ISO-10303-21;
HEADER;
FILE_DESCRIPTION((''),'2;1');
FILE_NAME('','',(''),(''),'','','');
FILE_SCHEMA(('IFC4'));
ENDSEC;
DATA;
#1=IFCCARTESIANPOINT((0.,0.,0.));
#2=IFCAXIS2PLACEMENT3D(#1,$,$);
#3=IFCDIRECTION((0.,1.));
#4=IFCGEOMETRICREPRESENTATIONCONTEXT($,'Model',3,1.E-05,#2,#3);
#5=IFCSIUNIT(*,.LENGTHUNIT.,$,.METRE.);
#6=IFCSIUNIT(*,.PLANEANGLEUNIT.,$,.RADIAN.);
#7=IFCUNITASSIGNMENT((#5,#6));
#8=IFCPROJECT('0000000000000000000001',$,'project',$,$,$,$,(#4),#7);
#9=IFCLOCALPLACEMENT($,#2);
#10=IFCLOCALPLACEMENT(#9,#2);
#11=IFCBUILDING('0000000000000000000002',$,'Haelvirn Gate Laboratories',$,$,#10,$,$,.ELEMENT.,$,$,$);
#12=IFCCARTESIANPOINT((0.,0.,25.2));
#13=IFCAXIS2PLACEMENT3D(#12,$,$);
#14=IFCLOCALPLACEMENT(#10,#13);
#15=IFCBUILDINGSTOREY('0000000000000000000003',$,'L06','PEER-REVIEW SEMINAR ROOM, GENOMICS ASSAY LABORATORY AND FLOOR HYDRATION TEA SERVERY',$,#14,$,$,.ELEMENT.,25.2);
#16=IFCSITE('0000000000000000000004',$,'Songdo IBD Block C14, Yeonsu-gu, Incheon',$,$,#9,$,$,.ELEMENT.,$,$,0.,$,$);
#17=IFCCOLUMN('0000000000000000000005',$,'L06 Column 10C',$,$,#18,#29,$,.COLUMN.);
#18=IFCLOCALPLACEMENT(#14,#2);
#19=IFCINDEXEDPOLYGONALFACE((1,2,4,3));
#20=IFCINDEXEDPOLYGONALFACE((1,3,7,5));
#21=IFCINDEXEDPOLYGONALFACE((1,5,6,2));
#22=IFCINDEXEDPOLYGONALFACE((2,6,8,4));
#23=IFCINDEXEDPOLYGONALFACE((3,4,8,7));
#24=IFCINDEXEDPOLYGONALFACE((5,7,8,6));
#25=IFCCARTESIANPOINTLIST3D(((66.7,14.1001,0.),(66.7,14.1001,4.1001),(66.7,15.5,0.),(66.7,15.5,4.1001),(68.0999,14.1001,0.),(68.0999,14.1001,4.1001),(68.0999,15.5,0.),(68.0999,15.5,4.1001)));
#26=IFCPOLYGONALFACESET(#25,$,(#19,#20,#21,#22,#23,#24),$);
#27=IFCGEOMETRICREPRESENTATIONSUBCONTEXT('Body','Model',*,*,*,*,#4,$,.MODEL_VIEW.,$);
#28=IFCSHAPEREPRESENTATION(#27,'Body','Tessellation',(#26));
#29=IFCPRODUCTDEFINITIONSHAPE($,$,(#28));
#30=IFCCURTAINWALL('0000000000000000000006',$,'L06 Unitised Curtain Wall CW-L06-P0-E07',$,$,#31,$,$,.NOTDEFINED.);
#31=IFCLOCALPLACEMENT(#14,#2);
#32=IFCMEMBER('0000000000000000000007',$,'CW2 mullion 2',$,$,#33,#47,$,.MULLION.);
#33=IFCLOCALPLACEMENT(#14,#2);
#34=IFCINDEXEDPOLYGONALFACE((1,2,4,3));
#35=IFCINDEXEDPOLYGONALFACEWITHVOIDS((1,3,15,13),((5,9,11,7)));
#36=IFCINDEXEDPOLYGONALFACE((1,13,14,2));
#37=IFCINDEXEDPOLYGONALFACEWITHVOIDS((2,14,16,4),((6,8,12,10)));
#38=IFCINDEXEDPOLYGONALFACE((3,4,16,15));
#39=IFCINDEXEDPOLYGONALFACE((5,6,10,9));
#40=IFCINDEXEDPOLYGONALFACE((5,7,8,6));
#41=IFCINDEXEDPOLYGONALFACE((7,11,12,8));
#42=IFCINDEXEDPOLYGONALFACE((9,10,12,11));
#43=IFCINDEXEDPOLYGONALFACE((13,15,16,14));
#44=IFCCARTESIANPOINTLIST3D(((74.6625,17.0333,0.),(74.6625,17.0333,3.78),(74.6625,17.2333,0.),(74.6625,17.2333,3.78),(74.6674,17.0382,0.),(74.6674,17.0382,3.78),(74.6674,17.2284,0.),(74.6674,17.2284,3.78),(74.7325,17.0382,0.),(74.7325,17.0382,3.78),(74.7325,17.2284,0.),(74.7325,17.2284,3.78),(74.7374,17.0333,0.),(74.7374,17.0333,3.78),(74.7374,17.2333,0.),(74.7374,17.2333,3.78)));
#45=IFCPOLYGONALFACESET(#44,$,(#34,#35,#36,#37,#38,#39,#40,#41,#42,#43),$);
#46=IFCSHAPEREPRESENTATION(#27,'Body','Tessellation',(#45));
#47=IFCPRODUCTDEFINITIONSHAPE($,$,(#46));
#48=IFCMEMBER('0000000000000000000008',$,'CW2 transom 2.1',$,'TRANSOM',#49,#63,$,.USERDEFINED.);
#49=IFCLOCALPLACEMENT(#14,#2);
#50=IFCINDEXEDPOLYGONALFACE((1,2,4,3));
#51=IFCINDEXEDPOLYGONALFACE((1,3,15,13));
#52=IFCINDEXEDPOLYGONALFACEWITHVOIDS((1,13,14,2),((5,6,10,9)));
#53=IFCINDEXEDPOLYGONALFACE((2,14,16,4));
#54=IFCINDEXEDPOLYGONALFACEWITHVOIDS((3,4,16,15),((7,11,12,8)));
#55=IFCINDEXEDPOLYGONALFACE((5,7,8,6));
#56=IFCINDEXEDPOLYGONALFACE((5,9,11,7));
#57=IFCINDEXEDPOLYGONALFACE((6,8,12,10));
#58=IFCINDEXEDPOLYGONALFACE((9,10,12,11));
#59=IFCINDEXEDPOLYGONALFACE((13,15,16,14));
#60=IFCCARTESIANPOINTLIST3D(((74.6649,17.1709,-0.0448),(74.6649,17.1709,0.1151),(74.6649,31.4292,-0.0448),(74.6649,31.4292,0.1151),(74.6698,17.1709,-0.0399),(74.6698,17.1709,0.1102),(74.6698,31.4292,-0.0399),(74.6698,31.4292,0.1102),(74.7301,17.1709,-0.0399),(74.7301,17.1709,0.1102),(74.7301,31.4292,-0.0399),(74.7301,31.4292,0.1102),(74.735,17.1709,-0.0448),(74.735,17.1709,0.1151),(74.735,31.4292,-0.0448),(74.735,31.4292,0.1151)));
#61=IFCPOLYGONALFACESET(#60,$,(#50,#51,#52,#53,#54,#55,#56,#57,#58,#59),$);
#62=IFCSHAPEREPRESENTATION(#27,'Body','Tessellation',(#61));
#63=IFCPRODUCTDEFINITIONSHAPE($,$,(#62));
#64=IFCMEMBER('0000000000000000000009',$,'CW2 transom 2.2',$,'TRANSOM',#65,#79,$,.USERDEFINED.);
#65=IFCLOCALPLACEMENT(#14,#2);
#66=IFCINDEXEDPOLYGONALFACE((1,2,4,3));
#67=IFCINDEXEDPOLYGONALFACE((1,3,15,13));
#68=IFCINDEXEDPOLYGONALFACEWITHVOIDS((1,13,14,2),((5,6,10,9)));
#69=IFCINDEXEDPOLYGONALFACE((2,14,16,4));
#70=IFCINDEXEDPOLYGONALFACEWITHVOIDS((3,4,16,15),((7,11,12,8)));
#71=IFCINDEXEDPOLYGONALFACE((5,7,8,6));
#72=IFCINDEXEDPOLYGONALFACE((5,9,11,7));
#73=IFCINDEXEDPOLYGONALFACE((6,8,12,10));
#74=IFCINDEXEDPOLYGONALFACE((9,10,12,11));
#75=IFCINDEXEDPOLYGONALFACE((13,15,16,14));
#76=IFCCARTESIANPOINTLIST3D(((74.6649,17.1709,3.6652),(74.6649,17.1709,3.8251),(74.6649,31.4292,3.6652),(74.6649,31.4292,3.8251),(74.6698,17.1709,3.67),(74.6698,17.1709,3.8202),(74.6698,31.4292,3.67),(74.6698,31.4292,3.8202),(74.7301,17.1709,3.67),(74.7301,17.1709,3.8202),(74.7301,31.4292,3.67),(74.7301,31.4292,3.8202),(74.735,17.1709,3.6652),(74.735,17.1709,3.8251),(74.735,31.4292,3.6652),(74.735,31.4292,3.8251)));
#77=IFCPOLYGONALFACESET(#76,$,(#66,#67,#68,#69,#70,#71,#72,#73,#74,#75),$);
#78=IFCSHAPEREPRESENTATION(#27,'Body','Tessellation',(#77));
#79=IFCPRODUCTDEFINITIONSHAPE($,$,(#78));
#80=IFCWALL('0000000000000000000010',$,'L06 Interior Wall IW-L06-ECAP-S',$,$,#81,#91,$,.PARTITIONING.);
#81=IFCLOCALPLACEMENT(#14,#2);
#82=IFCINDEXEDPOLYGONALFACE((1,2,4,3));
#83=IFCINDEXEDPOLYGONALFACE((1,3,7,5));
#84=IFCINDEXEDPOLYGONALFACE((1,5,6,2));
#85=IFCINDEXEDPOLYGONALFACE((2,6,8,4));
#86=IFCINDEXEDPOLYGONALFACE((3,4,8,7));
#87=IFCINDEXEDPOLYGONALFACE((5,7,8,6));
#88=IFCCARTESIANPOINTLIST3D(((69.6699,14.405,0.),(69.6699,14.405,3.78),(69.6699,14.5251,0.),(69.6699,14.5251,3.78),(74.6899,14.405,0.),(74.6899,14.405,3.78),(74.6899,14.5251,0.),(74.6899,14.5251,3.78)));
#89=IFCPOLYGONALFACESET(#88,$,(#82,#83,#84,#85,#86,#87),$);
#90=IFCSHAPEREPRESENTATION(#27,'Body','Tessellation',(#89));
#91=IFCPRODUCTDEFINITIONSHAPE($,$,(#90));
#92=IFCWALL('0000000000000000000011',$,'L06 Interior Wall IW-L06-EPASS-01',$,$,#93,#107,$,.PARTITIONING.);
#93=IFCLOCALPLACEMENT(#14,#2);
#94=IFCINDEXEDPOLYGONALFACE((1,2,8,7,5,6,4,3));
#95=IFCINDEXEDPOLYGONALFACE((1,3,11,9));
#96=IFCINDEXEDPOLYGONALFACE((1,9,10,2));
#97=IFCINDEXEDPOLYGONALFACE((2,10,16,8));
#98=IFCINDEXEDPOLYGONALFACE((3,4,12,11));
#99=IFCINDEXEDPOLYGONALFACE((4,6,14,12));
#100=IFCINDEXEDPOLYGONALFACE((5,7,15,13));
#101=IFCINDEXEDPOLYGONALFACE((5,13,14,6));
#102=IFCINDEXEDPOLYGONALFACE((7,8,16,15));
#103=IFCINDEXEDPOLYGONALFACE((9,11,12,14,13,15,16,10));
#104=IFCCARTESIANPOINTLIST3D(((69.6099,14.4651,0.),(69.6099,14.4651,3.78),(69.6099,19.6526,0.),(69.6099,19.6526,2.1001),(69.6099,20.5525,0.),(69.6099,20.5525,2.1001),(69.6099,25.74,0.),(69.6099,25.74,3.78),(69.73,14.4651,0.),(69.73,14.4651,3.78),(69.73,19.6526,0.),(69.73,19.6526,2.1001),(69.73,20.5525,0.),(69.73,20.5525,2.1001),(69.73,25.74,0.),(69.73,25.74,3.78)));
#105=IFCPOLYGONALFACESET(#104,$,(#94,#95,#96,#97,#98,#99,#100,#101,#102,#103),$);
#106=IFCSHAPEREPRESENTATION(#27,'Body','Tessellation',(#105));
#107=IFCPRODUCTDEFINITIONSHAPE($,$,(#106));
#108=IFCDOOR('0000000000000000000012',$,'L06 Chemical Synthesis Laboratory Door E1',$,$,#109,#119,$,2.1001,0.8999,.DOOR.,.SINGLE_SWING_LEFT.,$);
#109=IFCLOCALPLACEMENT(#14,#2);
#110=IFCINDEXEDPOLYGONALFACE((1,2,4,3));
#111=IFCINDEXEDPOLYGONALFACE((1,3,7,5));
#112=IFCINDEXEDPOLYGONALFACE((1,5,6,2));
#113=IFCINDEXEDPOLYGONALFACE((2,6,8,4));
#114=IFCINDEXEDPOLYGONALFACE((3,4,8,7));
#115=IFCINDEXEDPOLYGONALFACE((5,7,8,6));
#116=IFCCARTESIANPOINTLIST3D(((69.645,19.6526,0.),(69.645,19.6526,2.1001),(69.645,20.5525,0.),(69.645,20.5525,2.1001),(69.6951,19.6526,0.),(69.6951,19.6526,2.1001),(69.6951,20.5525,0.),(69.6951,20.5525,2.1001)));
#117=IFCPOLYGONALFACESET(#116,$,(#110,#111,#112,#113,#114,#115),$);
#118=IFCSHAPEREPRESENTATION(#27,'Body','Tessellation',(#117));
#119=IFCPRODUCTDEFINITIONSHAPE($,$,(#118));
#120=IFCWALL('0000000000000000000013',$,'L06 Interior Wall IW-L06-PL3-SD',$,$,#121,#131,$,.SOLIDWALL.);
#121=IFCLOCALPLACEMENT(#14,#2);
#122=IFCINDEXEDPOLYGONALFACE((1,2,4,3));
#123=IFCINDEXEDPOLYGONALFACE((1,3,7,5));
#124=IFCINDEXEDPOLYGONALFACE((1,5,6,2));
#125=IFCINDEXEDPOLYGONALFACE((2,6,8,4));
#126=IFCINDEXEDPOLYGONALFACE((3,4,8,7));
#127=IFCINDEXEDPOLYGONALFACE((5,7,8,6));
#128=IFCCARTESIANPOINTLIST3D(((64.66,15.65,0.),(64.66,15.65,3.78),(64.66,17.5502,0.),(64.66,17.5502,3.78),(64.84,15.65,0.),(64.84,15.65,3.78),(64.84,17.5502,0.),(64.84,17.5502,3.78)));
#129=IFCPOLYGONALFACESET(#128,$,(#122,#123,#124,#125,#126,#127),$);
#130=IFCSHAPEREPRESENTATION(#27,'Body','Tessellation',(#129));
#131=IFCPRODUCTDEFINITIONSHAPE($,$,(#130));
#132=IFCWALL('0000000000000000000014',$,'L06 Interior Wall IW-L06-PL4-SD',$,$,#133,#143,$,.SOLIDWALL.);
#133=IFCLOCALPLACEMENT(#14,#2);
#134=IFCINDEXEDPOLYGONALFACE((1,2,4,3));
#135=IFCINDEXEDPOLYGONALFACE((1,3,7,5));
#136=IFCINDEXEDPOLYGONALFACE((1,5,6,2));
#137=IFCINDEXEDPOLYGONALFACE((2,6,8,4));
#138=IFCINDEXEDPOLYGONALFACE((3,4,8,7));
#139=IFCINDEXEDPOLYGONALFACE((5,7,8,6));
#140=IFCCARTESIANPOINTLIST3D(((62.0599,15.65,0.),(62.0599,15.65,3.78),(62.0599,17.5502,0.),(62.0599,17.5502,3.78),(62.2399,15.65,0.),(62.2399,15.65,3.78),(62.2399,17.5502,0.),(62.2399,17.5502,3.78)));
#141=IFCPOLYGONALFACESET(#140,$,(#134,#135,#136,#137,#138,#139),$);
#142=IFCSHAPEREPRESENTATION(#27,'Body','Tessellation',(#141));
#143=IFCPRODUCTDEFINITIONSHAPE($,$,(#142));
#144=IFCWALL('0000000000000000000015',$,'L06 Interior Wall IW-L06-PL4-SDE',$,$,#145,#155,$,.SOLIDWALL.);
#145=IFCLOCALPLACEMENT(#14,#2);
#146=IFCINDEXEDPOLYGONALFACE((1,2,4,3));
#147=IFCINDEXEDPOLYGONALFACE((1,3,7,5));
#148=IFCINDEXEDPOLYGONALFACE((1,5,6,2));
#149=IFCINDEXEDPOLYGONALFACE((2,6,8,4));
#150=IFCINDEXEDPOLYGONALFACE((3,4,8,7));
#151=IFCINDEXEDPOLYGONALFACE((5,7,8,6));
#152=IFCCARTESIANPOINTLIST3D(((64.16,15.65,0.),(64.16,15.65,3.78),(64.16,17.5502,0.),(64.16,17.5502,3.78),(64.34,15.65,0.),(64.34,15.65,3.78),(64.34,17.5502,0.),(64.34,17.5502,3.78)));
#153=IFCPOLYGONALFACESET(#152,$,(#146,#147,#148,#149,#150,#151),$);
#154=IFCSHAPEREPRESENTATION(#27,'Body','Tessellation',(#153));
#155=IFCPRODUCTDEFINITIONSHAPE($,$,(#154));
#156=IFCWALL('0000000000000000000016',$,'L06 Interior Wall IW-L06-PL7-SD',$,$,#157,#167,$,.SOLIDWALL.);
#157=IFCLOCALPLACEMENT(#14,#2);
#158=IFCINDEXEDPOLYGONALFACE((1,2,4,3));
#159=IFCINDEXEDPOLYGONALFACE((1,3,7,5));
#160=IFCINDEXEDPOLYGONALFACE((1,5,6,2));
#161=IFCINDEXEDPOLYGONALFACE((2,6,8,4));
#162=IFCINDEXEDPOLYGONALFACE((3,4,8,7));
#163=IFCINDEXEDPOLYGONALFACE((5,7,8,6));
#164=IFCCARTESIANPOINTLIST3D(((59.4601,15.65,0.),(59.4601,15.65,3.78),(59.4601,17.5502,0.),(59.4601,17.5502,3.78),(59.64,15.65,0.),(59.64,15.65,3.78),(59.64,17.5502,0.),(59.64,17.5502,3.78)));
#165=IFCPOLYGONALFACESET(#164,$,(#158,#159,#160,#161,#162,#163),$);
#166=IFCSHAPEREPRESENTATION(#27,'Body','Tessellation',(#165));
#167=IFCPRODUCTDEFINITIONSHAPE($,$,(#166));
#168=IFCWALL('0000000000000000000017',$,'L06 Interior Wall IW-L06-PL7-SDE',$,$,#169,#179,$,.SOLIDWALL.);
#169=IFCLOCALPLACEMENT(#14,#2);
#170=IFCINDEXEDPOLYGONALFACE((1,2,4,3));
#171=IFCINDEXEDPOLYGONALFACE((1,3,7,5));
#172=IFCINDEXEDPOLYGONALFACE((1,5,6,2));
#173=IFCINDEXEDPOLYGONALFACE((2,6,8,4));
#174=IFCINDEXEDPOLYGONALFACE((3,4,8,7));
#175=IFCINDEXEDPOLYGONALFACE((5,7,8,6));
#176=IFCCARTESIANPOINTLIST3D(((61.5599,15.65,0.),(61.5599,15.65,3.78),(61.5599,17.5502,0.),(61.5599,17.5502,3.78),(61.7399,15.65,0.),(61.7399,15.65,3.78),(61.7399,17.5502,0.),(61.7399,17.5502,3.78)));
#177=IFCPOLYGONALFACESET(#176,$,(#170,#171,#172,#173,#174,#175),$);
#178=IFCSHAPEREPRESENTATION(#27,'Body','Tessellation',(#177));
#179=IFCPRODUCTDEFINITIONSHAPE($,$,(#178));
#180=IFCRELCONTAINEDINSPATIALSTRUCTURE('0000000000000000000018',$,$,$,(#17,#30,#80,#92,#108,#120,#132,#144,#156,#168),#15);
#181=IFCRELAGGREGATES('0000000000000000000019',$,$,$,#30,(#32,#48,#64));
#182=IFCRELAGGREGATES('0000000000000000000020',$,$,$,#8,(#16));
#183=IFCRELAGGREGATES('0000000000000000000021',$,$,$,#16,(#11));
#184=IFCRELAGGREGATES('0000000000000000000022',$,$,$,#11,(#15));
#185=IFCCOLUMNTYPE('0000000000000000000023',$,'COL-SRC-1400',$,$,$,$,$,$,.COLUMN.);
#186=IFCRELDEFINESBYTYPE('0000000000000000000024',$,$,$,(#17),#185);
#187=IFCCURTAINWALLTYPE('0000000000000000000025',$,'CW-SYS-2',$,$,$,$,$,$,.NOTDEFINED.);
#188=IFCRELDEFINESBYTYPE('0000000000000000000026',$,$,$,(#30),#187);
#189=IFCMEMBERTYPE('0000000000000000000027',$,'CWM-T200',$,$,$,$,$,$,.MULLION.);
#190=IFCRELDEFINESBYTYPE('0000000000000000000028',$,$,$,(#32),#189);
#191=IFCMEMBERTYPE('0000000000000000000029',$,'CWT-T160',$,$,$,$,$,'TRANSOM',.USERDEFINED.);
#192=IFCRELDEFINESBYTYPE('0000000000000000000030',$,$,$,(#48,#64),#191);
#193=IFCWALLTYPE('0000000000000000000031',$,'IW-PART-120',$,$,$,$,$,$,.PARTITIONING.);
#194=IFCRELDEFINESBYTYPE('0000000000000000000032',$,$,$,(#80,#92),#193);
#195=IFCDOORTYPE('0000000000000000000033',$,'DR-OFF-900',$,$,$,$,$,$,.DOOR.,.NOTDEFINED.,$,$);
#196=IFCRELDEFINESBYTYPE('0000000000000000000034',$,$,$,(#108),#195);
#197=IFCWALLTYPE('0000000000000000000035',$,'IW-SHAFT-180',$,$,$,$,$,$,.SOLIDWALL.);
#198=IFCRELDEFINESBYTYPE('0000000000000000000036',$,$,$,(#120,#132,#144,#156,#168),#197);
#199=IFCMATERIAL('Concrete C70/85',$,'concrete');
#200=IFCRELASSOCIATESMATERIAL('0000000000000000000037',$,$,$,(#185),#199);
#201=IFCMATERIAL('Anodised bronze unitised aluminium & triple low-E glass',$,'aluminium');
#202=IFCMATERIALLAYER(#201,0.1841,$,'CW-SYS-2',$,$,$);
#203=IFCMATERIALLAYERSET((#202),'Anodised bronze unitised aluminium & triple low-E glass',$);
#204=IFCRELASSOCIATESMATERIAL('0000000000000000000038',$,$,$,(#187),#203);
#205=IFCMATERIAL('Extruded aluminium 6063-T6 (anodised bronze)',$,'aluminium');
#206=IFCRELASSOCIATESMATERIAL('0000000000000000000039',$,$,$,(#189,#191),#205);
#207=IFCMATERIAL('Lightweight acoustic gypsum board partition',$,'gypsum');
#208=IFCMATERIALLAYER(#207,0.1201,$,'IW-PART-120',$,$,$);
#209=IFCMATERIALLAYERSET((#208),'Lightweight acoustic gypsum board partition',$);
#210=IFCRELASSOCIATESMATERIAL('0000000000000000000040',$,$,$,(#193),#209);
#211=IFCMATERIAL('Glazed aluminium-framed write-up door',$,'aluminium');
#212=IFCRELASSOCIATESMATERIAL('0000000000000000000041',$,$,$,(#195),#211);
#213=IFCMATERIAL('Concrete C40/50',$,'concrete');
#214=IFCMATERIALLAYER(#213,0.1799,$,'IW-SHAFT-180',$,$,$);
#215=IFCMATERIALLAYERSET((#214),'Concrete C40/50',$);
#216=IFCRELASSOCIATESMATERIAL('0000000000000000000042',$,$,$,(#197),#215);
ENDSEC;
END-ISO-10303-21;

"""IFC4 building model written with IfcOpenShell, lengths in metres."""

from ifc_helpers import new_model, si_unit, direction, frame, frame_2d, origin, origin_2d, place, context, subcontext, project, spatial, rectangle, hollow_rectangle, extrude, source, transform, mapped, material, layer, layer_set, material_profile, profile_set, type_object, type_shapes, element, fill, aggregate, save


model = new_model("IFC4")

# Units and contexts
model_context = context("Model", 3, precision=1e-05, world=origin(), true_north=direction((0.0, 1.0)))
body_context = subcontext(model_context, "Body", "Model", "MODEL_VIEW")
ifc_project = project(units=[si_unit("LENGTHUNIT", "METRE"), si_unit("PLANEANGLEUNIT", "RADIAN")], contexts=[model_context])

# Site, building, storey
site_placement = place(None, origin())
site = spatial("IfcSite", under=ifc_project, at=site_placement, Name="Songdo IBD Block C14, Yeonsu-gu, Incheon", CompositionType="ELEMENT", RefElevation=0.0)
building_placement = place(site_placement, origin())
building = spatial("IfcBuilding", under=site, at=building_placement, Name="Haelvirn Gate Laboratories", CompositionType="ELEMENT")
storey_placement = place(building_placement, frame((0.0, 0.0, 25.2)))
storey = spatial("IfcBuildingStorey", under=building, at=storey_placement, Name="L06", Description="PEER-REVIEW SEMINAR ROOM, GENOMICS ASSAY LABORATORY AND FLOOR HYDRATION TEA SERVERY", CompositionType="ELEMENT", Elevation=25.2)

# Column
ifc_material_1 = material(Name="Concrete C70/85", Category="concrete")
ifc_material_profile_1 = material_profile(ifc_material_1, rectangle(XDim=1.3999, YDim=1.3999, at=origin_2d()), Name="SRC-1400x1400")
ifc_profile_set_1 = profile_set([ifc_material_profile_1], Name="Concrete C70/85")
column_type = type_object("IfcColumnType", Name="COL-SRC-1400", PredefinedType="COLUMN", material=ifc_profile_set_1)
shared_shape_1 = source(origin(), body_context, "Body", "SweptSolid", [
    extrude(rectangle(XDim=1.3999, YDim=1.3999, at=origin_2d()), origin(), (0.0, 0.0, 1.0), 4.1001),
])
type_shapes(column_type, [shared_shape_1])
column_placement = place(storey_placement, frame((67.3999, 14.8, 0.0), z_axis=(0.0, 0.0, 1.0), x_axis=(1.0, 0.0, 0.0)))
element("IfcColumn", 1, at=column_placement, inside=storey, type_object=column_type, Name="L06 Column 10C", PredefinedType="COLUMN", context=body_context, shape_type="MappedRepresentation", body=[
    mapped(shared_shape_1, transform((0.0, 0.0, 0.0), scale=1.0)),
])

# Curtain wall, members
ifc_material_2 = material(Name="Anodised bronze unitised aluminium & triple low-E glass", Category="aluminium")
ifc_layer_1 = layer(ifc_material_2, 0.1841, Name="CW-SYS-2")
ifc_layer_set_1 = layer_set([ifc_layer_1], Name="Anodised bronze unitised aluminium & triple low-E glass")
curtain_wall_type = type_object("IfcCurtainWallType", Name="CW-SYS-2", PredefinedType="NOTDEFINED", material=ifc_layer_set_1)
curtain_wall_placement = place(storey_placement, origin())
curtain_wall = element("IfcCurtainWall", 2, at=curtain_wall_placement, inside=storey, type_object=curtain_wall_type, Name="L06 Unitised Curtain Wall CW-L06-P0-E07", PredefinedType="NOTDEFINED")
ifc_material_3 = material(Name="Extruded aluminium 6063-T6 (anodised bronze)", Category="aluminium")
ifc_material_profile_2 = material_profile(ifc_material_3, hollow_rectangle(XDim=0.075, YDim=0.2, WallThickness=0.0049, at=origin_2d()), Name="CWM-200x75x5")
ifc_profile_set_2 = profile_set([ifc_material_profile_2], Name="Extruded aluminium 6063-T6 (anodised bronze)")
member_type_1 = type_object("IfcMemberType", Name="CWM-T200", PredefinedType="MULLION", material=ifc_profile_set_2)
shared_shape_2 = source(origin(), body_context, "Body", "SweptSolid", [
    extrude(hollow_rectangle(XDim=0.075, YDim=0.2, WallThickness=0.0049, at=origin_2d()), origin(), (0.0, 0.0, 1.0), 3.78),
])
type_shapes(member_type_1, [shared_shape_2])
member_1_placement = place(storey_placement, frame((74.7, 17.1333, 0.0), z_axis=(0.0, 0.0, 1.0), x_axis=(-1.0, 0.0, 0.0)))
member_1 = element("IfcMember", 3, at=member_1_placement, type_object=member_type_1, Name="CW2 mullion 2", PredefinedType="MULLION", context=body_context, shape_type="MappedRepresentation", body=[
    mapped(shared_shape_2, transform((0.0, 0.0, 0.0), scale=1.0)),
])
ifc_material_profile_3 = material_profile(ifc_material_3, hollow_rectangle(XDim=0.0701, YDim=0.1599, WallThickness=0.0049, at=origin_2d()), Name="CWT-160x70x5")
ifc_profile_set_3 = profile_set([ifc_material_profile_3], Name="Extruded aluminium 6063-T6 (anodised bronze)")
member_type_2 = type_object("IfcMemberType", Name="CWT-T160", ElementType="TRANSOM", PredefinedType="USERDEFINED", material=ifc_profile_set_3)
shared_shape_3 = source(origin(), body_context, "Body", "SweptSolid", [
    extrude(hollow_rectangle(XDim=0.0701, YDim=0.1599, WallThickness=0.0049, at=origin_2d()), origin(), (0.0, 0.0, 1.0), 14.2583),
])
type_shapes(member_type_2, [shared_shape_3])
member_2_placement = place(storey_placement, frame((74.7, 17.1709, 0.0352), z_axis=(0.0, 1.0, 0.0), x_axis=(-1.0, 0.0, 0.0)))
member_2 = element("IfcMember", 4, at=member_2_placement, type_object=member_type_2, Name="CW2 transom 2.1", ObjectType="TRANSOM", PredefinedType="USERDEFINED", context=body_context, shape_type="MappedRepresentation", body=[
    mapped(shared_shape_3, transform((0.0, 0.0, 0.0), scale=1.0)),
])
member_3_placement = place(storey_placement, frame((74.7, 17.1709, 3.7451), z_axis=(0.0, 1.0, 0.0), x_axis=(-1.0, 0.0, 0.0)))
member_3 = element("IfcMember", 5, at=member_3_placement, type_object=member_type_2, Name="CW2 transom 2.2", ObjectType="TRANSOM", PredefinedType="USERDEFINED", context=body_context, shape_type="MappedRepresentation", body=[
    mapped(shared_shape_3, transform((0.0, 0.0, 0.0), scale=1.0)),
])
aggregate(curtain_wall, [member_1, member_2, member_3])

# Wall
ifc_material_4 = material(Name="Lightweight acoustic gypsum board partition", Category="gypsum")
ifc_layer_2 = layer(ifc_material_4, 0.1201, Name="IW-PART-120")
ifc_layer_set_2 = layer_set([ifc_layer_2], Name="Lightweight acoustic gypsum board partition")
wall_type_1 = type_object("IfcWallType", Name="IW-PART-120", PredefinedType="PARTITIONING", material=ifc_layer_set_2)
wall_1_placement = place(storey_placement, frame((69.6699, 14.4651, 0.0), z_axis=(0.0, 0.0, 1.0), x_axis=(1.0, 0.0, 0.0)))
element("IfcWall", 6, at=wall_1_placement, inside=storey, type_object=wall_type_1, Name="L06 Interior Wall IW-L06-ECAP-S", PredefinedType="PARTITIONING", context=body_context, shape_type="SweptSolid", body=[
    extrude(rectangle(XDim=5.02, YDim=0.1201, at=frame_2d((2.51, 0.0))), origin(), (0.0, 0.0, 1.0), 3.78),
])

# Wall, opening, door
wall_2_placement = place(storey_placement, frame((69.6699, 14.4651, 0.0), z_axis=(0.0, 0.0, 1.0), x_axis=(0.0, 1.0, 0.0)))
wall_2 = element("IfcWall", 7, at=wall_2_placement, inside=storey, type_object=wall_type_1, Name="L06 Interior Wall IW-L06-EPASS-01", PredefinedType="PARTITIONING", context=body_context, shape_type="SweptSolid", body=[
    extrude(rectangle(XDim=11.2749, YDim=0.1201, at=frame_2d((5.6375, 0.0))), origin(), (0.0, 0.0, 1.0), 3.78),
])
opening_1_placement = place(wall_2_placement, frame((5.1875, 0.0, 0.0)))
opening_1 = element("IfcOpeningElement", 8, at=opening_1_placement, cuts=wall_2, PredefinedType="OPENING", context=body_context, shape_type="SweptSolid", body=[
    extrude(rectangle(XDim=0.8999, YDim=2.1001, at=frame_2d((0.45, 1.05))), frame((0.0, 0.0701, 0.0), z_axis=(0.0, -1.0, 0.0), x_axis=(1.0, 0.0, 0.0)), (0.0, 0.0, 1.0), 0.1401),
])
ifc_material_5 = material(Name="Glazed aluminium-framed write-up door", Category="aluminium")
door_type_1 = type_object("IfcDoorType", Name="DR-OFF-900", OperationType="NOTDEFINED", PredefinedType="DOOR", material=ifc_material_5)
shared_shape_4 = source(origin(), body_context, "Body", "SweptSolid", [
    extrude(rectangle(XDim=0.8999, YDim=2.1001, at=frame_2d((0.45, 1.05))), frame((0.0, 0.0249, 0.0), z_axis=(0.0, -1.0, 0.0), x_axis=(1.0, 0.0, 0.0)), (0.0, 0.0, 1.0), 0.05),
])
type_shapes(door_type_1, [shared_shape_4])
door_1_placement = place(opening_1_placement, origin())
door_1 = element("IfcDoor", 9, at=door_1_placement, inside=storey, type_object=door_type_1, Name="L06 Chemical Synthesis Laboratory Door E1", OperationType="SINGLE_SWING_LEFT", OverallHeight=2.1001, OverallWidth=0.8999, PredefinedType="DOOR", context=body_context, shape_type="MappedRepresentation", body=[
    mapped(shared_shape_4, transform((0.0, 0.0, 0.0), scale=1.0)),
])
fill(opening_1, door_1)

# Walls
ifc_material_6 = material(Name="Concrete C40/50", Category="concrete")
ifc_layer_3 = layer(ifc_material_6, 0.1799, Name="IW-SHAFT-180")
ifc_layer_set_3 = layer_set([ifc_layer_3], Name="Concrete C40/50")
wall_type_2 = type_object("IfcWallType", Name="IW-SHAFT-180", PredefinedType="SOLIDWALL", material=ifc_layer_set_3)
for number, where, z_axis, x_axis, name in (
    (10, (64.75, 15.6499, 0.0), (0.0, 0.0, 1.0), (0.0, 1.0, 0.0), "L06 Interior Wall IW-L06-PL3-SD"),
    (11, (62.1499, 15.6499, 0.0), (0.0, 0.0, 1.0), (0.0, 1.0, 0.0), "L06 Interior Wall IW-L06-PL4-SD"),
    (12, (64.25, 15.6499, 0.0), (0.0, 0.0, 1.0), (0.0, 1.0, 0.0), "L06 Interior Wall IW-L06-PL4-SDE"),
    (13, (59.55, 15.6499, 0.0), (0.0, 0.0, 1.0), (0.0, 1.0, 0.0), "L06 Interior Wall IW-L06-PL7-SD"),
    (14, (61.6499, 15.6499, 0.0), (0.0, 0.0, 1.0), (0.0, 1.0, 0.0), "L06 Interior Wall IW-L06-PL7-SDE"),
):
    element("IfcWall", number, at=place(storey_placement, frame(where, z_axis=z_axis, x_axis=x_axis)), inside=storey, type_object=wall_type_2, Name=name, PredefinedType="SOLIDWALL", context=body_context, shape_type="SweptSolid", body=[
        extrude(rectangle(XDim=1.9001, YDim=0.1799, at=frame_2d((0.9502, 0.0))), origin(), (0.0, 0.0, 1.0), 3.78),
    ])

save(model, "model.ifc")
